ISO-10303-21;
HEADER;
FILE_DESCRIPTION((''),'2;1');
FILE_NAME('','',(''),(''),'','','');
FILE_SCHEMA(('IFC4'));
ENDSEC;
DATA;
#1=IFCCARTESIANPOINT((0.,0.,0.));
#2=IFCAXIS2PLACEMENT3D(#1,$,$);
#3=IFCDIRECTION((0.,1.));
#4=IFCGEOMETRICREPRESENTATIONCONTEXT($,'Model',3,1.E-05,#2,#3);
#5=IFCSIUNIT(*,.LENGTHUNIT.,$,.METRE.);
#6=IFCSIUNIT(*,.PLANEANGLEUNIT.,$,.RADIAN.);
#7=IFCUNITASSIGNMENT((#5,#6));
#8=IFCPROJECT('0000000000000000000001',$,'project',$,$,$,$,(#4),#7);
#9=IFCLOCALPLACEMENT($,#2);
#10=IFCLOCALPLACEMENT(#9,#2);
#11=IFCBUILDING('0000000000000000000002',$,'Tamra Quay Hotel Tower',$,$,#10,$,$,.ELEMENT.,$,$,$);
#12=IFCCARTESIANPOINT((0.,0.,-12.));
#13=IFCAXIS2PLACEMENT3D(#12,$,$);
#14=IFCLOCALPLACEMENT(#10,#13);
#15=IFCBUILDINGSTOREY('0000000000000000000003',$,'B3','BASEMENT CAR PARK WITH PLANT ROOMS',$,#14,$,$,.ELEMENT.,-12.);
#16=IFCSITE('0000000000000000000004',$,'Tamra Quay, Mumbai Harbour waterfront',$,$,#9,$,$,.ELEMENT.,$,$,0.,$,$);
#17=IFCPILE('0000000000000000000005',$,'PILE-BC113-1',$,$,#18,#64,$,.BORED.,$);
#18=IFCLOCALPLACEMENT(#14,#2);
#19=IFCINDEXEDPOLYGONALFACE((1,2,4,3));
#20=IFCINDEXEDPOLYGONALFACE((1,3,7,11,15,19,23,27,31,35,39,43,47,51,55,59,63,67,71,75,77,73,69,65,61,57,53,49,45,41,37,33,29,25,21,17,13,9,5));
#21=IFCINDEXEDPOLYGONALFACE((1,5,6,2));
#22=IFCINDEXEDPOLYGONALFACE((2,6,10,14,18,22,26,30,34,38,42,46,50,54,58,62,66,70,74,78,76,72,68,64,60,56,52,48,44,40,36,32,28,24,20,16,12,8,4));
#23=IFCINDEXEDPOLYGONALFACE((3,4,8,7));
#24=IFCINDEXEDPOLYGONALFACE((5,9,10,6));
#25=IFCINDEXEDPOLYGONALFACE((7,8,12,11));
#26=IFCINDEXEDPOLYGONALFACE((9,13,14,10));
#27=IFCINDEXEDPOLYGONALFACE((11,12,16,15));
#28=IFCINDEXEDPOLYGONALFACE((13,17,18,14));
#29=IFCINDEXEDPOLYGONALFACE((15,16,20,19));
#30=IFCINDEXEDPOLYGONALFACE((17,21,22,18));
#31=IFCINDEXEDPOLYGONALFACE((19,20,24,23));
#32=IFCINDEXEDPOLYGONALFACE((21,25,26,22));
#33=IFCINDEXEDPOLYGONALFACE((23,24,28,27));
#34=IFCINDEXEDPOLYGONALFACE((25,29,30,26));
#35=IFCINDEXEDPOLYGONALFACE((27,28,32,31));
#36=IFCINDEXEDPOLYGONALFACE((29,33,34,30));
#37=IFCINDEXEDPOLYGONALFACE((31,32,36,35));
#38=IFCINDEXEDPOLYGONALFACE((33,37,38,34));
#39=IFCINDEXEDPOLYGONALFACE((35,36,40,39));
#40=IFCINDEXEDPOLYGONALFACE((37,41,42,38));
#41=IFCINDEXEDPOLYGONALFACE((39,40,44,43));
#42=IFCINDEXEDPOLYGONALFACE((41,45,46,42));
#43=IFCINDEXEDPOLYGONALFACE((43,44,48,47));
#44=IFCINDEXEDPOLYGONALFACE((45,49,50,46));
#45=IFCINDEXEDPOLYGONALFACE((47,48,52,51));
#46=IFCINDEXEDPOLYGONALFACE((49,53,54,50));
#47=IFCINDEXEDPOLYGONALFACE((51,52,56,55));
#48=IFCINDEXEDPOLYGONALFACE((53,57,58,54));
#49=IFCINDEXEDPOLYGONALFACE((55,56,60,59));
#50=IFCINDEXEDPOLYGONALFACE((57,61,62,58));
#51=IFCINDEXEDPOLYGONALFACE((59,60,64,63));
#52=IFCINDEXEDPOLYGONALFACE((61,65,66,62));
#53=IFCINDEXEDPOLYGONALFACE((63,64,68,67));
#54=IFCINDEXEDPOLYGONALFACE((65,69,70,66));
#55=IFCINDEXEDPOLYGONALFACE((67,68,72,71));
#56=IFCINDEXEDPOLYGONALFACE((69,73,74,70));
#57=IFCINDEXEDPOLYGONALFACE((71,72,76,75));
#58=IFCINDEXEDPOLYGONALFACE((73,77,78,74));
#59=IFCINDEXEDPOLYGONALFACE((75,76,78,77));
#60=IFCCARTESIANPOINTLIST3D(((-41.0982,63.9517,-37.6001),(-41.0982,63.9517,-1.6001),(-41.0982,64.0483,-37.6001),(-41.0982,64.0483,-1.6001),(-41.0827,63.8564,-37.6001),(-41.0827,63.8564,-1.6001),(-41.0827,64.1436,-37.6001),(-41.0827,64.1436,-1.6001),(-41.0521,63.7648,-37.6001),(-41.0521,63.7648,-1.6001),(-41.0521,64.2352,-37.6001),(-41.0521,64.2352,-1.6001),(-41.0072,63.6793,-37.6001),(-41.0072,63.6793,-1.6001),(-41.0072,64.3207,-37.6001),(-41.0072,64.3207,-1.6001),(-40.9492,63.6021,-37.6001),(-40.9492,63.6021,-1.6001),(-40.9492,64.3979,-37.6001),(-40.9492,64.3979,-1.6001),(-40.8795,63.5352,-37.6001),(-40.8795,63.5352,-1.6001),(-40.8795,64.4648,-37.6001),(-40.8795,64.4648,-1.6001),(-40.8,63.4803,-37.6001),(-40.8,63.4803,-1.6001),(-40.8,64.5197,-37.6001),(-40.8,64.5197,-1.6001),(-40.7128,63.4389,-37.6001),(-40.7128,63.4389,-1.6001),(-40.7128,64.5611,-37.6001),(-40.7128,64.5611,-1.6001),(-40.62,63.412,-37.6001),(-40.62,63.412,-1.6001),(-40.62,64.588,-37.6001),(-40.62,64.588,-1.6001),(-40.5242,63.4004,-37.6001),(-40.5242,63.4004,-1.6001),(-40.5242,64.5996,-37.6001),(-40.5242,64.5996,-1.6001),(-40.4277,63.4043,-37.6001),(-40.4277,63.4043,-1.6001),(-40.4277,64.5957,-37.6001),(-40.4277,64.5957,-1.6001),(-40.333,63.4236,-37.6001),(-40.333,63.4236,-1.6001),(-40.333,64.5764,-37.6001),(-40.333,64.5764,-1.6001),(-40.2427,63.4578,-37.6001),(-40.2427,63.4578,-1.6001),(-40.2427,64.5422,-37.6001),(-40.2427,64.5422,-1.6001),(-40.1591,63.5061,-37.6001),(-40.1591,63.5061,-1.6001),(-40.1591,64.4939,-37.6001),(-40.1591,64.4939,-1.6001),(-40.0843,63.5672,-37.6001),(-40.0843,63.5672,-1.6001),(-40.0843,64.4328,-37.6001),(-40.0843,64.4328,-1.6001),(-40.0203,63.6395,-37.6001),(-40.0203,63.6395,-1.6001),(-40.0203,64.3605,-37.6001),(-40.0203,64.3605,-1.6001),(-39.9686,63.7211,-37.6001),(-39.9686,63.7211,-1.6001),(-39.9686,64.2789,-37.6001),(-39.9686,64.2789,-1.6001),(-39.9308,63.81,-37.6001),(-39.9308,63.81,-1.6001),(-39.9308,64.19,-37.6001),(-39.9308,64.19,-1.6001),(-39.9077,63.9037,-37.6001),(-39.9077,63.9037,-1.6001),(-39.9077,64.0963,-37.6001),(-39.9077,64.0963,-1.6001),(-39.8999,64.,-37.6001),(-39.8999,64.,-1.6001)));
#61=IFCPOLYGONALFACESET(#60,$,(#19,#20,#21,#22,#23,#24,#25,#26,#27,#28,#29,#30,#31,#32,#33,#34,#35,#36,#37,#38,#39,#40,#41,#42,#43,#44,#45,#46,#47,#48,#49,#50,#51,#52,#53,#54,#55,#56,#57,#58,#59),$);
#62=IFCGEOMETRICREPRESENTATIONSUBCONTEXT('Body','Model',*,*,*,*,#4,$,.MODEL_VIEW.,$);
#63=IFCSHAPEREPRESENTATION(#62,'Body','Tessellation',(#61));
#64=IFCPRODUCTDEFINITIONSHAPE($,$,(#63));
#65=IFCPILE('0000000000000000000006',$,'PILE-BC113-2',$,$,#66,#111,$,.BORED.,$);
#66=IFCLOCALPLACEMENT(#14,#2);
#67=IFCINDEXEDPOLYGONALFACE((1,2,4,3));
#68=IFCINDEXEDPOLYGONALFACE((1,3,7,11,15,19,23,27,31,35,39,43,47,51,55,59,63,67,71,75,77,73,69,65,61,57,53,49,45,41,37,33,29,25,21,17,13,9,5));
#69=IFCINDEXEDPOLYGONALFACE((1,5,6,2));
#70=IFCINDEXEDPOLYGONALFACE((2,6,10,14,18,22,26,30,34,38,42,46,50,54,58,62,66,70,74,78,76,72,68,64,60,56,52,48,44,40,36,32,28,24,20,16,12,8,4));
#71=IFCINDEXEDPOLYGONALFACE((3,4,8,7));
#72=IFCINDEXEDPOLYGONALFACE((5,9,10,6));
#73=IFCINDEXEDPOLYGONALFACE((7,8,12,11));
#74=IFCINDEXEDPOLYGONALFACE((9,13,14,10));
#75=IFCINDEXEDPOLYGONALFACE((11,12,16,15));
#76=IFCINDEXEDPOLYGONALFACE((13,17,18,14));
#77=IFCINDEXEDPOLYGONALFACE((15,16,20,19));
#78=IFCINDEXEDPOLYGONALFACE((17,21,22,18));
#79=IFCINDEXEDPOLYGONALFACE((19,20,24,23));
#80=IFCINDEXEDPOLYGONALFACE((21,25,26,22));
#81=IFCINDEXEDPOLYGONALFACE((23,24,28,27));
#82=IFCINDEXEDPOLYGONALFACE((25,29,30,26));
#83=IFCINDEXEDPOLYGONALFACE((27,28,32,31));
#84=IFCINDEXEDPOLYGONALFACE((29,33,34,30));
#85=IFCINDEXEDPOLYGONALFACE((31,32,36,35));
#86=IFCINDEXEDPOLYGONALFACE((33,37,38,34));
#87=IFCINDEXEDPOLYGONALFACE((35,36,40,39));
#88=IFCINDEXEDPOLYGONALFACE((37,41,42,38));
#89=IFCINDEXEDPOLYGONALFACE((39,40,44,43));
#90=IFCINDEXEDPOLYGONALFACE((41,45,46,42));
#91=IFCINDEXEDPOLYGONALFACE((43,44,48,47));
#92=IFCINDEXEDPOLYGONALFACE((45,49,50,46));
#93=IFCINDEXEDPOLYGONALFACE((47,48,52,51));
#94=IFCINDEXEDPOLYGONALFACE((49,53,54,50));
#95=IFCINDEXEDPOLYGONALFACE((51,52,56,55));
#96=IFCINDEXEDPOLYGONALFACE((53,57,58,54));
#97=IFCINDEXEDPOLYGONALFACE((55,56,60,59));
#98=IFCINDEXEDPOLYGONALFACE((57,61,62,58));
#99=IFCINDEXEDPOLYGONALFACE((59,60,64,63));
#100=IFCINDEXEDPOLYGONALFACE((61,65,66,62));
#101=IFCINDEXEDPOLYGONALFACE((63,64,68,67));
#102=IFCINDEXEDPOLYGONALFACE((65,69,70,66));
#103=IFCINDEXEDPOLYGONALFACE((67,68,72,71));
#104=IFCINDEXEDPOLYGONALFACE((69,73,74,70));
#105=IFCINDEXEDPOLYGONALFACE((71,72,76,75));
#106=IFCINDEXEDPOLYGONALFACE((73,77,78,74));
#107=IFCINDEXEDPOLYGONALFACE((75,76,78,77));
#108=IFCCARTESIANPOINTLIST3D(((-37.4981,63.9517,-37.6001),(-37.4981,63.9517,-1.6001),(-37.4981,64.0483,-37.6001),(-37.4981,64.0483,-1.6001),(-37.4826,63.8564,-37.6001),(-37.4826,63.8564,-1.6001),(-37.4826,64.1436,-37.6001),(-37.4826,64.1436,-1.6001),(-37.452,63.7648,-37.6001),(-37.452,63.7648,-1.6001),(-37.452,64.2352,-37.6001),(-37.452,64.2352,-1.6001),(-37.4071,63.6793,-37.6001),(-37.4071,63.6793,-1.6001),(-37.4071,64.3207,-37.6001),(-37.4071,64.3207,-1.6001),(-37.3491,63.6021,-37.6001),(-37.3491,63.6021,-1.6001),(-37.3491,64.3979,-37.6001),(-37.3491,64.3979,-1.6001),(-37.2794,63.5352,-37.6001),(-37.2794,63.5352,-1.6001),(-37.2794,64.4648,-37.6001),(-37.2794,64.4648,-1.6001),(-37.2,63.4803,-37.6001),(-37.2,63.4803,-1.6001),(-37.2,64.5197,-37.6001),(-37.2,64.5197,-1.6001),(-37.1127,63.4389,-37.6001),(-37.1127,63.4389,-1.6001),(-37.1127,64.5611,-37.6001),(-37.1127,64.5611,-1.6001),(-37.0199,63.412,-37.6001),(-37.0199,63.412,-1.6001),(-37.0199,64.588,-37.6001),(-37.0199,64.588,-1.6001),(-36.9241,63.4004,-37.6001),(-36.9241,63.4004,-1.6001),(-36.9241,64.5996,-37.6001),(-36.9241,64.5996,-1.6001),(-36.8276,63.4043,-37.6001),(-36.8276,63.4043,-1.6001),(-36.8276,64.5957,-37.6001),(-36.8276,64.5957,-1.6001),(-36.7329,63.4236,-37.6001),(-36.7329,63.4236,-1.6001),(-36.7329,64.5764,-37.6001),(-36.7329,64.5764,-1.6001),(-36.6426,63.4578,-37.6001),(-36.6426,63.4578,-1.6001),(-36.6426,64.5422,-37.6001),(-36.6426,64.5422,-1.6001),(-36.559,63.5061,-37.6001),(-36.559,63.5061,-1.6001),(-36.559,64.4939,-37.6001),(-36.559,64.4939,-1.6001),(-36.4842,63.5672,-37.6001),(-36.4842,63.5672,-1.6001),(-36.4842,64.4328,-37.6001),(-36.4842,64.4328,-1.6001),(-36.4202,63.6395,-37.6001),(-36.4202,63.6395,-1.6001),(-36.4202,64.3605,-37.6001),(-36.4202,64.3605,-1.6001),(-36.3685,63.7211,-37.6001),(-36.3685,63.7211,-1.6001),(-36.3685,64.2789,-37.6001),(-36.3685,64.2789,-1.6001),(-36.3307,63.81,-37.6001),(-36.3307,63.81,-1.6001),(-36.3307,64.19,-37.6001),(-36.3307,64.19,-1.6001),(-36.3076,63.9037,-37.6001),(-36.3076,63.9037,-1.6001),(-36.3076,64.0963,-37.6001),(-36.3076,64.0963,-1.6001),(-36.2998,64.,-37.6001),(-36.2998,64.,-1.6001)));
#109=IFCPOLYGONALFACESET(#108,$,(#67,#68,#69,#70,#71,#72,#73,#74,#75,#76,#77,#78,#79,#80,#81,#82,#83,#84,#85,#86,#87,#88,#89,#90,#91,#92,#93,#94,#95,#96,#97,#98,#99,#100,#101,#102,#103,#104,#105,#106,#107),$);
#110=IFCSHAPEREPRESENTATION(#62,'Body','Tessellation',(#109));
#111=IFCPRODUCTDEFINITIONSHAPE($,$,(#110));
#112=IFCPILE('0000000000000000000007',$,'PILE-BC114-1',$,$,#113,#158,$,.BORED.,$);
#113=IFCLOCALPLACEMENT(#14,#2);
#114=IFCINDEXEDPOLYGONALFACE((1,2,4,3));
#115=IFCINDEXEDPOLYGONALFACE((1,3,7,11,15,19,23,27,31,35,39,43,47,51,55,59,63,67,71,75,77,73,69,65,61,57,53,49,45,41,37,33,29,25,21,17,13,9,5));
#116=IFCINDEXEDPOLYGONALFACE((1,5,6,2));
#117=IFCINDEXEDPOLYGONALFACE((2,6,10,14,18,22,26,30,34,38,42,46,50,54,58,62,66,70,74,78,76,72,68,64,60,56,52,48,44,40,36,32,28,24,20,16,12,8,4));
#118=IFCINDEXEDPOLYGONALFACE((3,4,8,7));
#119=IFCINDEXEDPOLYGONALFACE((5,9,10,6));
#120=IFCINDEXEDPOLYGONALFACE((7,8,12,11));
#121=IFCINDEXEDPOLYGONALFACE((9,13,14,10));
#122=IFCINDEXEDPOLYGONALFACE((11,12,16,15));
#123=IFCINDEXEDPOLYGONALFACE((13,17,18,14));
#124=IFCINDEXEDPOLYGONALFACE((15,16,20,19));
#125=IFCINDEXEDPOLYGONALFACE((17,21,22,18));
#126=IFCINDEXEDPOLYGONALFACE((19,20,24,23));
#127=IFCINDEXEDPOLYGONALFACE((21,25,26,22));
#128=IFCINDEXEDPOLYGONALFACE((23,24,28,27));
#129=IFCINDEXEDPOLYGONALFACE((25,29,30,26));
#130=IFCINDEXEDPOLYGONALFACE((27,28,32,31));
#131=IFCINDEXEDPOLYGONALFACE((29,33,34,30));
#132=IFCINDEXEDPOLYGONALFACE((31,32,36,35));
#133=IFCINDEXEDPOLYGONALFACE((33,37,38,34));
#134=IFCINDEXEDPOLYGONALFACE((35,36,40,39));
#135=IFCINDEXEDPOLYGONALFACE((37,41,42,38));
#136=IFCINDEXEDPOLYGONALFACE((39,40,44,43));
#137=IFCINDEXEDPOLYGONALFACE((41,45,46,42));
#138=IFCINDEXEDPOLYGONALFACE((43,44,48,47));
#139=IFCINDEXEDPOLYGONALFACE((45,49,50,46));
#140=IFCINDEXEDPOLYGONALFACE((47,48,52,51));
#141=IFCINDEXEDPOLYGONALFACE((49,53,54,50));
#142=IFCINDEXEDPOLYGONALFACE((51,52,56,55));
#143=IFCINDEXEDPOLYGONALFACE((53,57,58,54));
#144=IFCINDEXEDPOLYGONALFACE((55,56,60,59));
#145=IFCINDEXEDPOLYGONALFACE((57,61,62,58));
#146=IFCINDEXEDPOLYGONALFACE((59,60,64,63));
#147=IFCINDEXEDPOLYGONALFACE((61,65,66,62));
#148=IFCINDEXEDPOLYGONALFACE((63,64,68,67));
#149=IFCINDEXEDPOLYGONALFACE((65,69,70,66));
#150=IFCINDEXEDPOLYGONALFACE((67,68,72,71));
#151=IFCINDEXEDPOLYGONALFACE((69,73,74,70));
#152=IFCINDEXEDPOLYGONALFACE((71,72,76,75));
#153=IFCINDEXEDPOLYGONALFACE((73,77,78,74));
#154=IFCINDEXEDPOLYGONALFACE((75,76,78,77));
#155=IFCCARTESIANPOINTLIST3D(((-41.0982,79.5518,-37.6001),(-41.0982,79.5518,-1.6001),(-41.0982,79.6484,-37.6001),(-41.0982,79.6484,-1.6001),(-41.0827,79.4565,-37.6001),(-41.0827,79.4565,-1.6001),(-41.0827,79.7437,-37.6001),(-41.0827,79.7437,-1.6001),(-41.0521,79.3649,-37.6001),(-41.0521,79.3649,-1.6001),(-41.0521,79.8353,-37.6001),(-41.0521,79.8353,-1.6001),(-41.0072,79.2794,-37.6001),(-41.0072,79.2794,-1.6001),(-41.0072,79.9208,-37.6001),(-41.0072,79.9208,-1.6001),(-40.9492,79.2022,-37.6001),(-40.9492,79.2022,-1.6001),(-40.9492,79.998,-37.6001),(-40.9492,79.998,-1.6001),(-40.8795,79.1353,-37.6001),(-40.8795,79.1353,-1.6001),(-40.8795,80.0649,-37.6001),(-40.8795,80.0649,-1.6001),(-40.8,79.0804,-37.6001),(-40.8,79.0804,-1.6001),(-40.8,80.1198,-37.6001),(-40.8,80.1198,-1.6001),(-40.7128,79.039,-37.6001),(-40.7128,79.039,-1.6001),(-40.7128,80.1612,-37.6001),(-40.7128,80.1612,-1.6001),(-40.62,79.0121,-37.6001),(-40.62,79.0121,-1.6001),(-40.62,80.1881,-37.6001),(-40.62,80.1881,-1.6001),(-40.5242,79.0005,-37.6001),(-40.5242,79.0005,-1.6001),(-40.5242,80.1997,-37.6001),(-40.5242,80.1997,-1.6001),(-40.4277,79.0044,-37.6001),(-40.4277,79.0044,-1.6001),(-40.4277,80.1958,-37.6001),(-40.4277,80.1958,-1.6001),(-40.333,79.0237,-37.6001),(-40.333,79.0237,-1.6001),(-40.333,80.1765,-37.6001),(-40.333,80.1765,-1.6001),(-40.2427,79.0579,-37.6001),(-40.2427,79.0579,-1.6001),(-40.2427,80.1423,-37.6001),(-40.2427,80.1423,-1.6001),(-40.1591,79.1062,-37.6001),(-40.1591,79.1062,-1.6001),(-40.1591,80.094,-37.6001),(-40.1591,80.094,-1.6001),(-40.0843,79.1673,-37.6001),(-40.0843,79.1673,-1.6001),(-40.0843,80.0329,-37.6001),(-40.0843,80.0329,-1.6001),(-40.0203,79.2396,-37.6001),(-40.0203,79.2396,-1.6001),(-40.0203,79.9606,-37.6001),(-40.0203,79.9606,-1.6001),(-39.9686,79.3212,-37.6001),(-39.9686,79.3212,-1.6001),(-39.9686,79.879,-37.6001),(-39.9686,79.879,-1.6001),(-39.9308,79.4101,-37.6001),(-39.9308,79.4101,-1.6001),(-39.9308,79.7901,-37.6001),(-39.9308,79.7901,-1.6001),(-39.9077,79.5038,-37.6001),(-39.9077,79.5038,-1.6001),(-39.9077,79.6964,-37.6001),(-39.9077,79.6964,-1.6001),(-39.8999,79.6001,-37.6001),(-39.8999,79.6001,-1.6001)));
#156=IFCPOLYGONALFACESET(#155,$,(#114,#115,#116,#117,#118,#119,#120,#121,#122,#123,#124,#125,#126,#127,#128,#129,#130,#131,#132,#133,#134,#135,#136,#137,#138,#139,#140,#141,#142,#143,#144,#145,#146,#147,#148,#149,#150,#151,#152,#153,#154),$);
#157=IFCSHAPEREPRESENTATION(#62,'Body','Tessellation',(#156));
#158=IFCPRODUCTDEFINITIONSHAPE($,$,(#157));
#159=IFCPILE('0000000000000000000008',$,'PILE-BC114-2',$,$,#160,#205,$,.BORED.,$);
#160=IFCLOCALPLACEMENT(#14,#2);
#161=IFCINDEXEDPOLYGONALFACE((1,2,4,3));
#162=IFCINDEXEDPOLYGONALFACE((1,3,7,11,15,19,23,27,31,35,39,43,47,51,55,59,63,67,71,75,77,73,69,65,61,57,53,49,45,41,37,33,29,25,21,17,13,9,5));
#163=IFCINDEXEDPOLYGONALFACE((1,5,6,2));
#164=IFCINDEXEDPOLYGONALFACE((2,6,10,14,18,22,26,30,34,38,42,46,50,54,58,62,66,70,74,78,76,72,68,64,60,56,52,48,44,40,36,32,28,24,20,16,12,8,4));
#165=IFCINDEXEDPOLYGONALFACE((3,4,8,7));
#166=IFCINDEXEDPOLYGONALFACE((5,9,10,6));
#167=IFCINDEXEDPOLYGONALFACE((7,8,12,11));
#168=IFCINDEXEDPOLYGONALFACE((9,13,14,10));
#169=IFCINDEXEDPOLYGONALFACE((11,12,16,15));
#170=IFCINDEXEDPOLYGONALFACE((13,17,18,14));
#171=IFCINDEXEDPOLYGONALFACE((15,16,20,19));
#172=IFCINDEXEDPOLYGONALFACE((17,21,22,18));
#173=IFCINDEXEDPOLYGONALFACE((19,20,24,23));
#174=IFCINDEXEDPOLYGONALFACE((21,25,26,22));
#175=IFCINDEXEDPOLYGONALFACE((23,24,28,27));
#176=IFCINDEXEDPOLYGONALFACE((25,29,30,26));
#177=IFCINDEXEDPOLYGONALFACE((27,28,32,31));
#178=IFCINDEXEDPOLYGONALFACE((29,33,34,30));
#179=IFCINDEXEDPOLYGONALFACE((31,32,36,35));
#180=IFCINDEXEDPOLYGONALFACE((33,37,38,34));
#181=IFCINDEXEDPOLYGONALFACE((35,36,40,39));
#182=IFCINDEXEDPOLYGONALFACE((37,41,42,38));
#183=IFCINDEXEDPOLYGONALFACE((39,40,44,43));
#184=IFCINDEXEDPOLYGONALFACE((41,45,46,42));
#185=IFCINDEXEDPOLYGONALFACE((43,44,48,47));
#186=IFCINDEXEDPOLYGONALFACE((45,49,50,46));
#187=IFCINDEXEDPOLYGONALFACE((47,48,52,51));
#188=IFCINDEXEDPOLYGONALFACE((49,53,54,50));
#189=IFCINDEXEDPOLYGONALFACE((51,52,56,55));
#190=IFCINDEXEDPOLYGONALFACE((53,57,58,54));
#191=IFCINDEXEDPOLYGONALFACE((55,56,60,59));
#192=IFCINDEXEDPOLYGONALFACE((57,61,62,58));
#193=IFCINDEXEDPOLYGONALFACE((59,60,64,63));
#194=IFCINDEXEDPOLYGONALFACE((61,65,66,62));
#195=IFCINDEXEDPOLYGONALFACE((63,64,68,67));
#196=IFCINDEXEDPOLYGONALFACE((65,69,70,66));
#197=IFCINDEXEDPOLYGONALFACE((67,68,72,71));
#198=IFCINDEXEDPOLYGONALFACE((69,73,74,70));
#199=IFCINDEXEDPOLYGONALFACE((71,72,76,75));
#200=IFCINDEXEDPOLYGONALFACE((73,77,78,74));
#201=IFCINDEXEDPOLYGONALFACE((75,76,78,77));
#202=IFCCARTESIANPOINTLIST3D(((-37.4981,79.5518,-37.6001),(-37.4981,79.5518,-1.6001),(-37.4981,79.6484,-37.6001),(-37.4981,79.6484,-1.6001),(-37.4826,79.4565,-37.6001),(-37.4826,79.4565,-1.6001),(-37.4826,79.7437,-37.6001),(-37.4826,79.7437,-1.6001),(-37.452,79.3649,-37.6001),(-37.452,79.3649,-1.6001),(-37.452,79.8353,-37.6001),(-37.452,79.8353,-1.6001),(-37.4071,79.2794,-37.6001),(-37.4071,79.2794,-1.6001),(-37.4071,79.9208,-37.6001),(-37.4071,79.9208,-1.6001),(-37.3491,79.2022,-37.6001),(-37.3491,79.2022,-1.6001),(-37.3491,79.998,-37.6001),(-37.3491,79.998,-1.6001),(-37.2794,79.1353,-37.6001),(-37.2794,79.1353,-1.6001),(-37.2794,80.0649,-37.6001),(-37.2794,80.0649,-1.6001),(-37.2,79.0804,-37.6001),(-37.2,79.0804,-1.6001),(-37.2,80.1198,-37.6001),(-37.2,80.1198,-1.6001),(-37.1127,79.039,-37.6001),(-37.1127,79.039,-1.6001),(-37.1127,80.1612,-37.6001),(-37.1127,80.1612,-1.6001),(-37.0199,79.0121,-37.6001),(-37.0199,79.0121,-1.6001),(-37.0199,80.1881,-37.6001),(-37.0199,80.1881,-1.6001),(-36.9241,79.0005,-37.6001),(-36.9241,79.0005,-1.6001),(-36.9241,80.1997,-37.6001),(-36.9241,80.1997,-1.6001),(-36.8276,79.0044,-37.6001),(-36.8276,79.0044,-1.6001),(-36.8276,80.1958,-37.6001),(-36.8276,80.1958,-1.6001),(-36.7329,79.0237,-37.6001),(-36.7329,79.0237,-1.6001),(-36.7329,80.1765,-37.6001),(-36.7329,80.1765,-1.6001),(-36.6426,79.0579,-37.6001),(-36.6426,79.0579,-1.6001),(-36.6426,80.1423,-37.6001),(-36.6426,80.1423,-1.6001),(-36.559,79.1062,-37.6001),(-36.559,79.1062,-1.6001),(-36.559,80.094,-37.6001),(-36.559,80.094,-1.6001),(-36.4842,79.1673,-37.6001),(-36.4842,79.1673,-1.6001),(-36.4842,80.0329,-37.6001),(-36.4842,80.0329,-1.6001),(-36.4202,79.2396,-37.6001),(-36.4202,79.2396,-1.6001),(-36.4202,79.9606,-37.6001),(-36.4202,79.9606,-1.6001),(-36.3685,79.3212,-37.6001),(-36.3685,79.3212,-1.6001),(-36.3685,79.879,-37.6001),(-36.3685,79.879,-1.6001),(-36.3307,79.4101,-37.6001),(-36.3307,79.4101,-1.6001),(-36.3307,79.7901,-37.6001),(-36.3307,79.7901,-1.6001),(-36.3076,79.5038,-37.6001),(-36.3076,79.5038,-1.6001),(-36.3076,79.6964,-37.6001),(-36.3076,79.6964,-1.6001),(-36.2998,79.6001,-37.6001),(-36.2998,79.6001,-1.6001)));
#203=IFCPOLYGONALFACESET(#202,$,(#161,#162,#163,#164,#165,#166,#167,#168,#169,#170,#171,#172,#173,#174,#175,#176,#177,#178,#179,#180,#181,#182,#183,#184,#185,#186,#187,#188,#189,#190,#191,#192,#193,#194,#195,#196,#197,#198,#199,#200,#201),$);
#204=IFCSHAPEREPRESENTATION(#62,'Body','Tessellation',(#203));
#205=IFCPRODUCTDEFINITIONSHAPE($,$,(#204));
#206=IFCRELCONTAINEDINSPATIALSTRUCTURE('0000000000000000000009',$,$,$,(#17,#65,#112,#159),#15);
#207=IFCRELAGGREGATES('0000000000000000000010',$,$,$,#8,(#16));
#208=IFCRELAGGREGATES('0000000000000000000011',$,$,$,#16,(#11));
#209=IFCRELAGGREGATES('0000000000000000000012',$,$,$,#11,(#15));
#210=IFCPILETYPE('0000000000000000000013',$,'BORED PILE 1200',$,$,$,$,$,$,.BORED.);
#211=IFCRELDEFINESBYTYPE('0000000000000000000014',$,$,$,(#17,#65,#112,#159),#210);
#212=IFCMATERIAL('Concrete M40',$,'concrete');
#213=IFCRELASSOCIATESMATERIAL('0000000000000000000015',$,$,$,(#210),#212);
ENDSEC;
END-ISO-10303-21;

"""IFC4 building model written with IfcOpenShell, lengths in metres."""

from ifc_helpers import new_model, si_unit, direction, frame, origin, origin_2d, place, context, subcontext, project, spatial, circle, extrude, material, material_profile, profile_set, type_object, element, save


model = new_model("IFC4")

# Units and contexts
model_context = context("Model", 3, precision=1e-05, world=origin(), true_north=direction((0.0, 1.0)))
body_context = subcontext(model_context, "Body", "Model", "MODEL_VIEW")
ifc_project = project(units=[si_unit("LENGTHUNIT", "METRE"), si_unit("PLANEANGLEUNIT", "RADIAN")], contexts=[model_context])

# Site, building, storey
site_placement = place(None, origin())
site = spatial("IfcSite", under=ifc_project, at=site_placement, Name="Tamra Quay, Mumbai Harbour waterfront", CompositionType="ELEMENT", RefElevation=0.0)
building_placement = place(site_placement, origin())
building = spatial("IfcBuilding", under=site, at=building_placement, Name="Tamra Quay Hotel Tower", CompositionType="ELEMENT")
storey_placement = place(building_placement, frame((0.0, 0.0, -12.0)))
storey = spatial("IfcBuildingStorey", under=building, at=storey_placement, Name="B3", Description="BASEMENT CAR PARK WITH PLANT ROOMS", CompositionType="ELEMENT", Elevation=-12.0)

# Piles
ifc_material_1 = material(Name="Concrete M40", Category="concrete")
ifc_material_profile_1 = material_profile(ifc_material_1, circle(Radius=0.6001, at=origin_2d()), Name="BORED PILE 1200")
ifc_profile_set_1 = profile_set([ifc_material_profile_1], Name="Concrete M40")
pile_type = type_object("IfcPileType", Name="BORED PILE 1200", PredefinedType="BORED", material=ifc_profile_set_1)
for number, where, z_axis, x_axis, name in (
    (1, (-40.5, 64.0, -1.6001), (0.0, 0.0, -1.0), (1.0, 0.0, 0.0), "PILE-BC113-1"),
    (2, (-36.8999, 64.0, -1.6001), (0.0, 0.0, -1.0), (1.0, 0.0, 0.0), "PILE-BC113-2"),
    (3, (-40.5, 79.6001, -1.6001), (0.0, 0.0, -1.0), (1.0, 0.0, 0.0), "PILE-BC114-1"),
    (4, (-36.8999, 79.6001, -1.6001), (0.0, 0.0, -1.0), (1.0, 0.0, 0.0), "PILE-BC114-2"),
):
    element("IfcPile", number, at=place(storey_placement, frame(where, z_axis=z_axis, x_axis=x_axis)), inside=storey, type_object=pile_type, Name=name, PredefinedType="BORED", context=body_context, shape_type="SweptSolid", body=[
        extrude(circle(Radius=0.6001, at=origin_2d()), origin(), (0.0, 0.0, 1.0), 36.0),
    ])

save(model, "model.ifc")
